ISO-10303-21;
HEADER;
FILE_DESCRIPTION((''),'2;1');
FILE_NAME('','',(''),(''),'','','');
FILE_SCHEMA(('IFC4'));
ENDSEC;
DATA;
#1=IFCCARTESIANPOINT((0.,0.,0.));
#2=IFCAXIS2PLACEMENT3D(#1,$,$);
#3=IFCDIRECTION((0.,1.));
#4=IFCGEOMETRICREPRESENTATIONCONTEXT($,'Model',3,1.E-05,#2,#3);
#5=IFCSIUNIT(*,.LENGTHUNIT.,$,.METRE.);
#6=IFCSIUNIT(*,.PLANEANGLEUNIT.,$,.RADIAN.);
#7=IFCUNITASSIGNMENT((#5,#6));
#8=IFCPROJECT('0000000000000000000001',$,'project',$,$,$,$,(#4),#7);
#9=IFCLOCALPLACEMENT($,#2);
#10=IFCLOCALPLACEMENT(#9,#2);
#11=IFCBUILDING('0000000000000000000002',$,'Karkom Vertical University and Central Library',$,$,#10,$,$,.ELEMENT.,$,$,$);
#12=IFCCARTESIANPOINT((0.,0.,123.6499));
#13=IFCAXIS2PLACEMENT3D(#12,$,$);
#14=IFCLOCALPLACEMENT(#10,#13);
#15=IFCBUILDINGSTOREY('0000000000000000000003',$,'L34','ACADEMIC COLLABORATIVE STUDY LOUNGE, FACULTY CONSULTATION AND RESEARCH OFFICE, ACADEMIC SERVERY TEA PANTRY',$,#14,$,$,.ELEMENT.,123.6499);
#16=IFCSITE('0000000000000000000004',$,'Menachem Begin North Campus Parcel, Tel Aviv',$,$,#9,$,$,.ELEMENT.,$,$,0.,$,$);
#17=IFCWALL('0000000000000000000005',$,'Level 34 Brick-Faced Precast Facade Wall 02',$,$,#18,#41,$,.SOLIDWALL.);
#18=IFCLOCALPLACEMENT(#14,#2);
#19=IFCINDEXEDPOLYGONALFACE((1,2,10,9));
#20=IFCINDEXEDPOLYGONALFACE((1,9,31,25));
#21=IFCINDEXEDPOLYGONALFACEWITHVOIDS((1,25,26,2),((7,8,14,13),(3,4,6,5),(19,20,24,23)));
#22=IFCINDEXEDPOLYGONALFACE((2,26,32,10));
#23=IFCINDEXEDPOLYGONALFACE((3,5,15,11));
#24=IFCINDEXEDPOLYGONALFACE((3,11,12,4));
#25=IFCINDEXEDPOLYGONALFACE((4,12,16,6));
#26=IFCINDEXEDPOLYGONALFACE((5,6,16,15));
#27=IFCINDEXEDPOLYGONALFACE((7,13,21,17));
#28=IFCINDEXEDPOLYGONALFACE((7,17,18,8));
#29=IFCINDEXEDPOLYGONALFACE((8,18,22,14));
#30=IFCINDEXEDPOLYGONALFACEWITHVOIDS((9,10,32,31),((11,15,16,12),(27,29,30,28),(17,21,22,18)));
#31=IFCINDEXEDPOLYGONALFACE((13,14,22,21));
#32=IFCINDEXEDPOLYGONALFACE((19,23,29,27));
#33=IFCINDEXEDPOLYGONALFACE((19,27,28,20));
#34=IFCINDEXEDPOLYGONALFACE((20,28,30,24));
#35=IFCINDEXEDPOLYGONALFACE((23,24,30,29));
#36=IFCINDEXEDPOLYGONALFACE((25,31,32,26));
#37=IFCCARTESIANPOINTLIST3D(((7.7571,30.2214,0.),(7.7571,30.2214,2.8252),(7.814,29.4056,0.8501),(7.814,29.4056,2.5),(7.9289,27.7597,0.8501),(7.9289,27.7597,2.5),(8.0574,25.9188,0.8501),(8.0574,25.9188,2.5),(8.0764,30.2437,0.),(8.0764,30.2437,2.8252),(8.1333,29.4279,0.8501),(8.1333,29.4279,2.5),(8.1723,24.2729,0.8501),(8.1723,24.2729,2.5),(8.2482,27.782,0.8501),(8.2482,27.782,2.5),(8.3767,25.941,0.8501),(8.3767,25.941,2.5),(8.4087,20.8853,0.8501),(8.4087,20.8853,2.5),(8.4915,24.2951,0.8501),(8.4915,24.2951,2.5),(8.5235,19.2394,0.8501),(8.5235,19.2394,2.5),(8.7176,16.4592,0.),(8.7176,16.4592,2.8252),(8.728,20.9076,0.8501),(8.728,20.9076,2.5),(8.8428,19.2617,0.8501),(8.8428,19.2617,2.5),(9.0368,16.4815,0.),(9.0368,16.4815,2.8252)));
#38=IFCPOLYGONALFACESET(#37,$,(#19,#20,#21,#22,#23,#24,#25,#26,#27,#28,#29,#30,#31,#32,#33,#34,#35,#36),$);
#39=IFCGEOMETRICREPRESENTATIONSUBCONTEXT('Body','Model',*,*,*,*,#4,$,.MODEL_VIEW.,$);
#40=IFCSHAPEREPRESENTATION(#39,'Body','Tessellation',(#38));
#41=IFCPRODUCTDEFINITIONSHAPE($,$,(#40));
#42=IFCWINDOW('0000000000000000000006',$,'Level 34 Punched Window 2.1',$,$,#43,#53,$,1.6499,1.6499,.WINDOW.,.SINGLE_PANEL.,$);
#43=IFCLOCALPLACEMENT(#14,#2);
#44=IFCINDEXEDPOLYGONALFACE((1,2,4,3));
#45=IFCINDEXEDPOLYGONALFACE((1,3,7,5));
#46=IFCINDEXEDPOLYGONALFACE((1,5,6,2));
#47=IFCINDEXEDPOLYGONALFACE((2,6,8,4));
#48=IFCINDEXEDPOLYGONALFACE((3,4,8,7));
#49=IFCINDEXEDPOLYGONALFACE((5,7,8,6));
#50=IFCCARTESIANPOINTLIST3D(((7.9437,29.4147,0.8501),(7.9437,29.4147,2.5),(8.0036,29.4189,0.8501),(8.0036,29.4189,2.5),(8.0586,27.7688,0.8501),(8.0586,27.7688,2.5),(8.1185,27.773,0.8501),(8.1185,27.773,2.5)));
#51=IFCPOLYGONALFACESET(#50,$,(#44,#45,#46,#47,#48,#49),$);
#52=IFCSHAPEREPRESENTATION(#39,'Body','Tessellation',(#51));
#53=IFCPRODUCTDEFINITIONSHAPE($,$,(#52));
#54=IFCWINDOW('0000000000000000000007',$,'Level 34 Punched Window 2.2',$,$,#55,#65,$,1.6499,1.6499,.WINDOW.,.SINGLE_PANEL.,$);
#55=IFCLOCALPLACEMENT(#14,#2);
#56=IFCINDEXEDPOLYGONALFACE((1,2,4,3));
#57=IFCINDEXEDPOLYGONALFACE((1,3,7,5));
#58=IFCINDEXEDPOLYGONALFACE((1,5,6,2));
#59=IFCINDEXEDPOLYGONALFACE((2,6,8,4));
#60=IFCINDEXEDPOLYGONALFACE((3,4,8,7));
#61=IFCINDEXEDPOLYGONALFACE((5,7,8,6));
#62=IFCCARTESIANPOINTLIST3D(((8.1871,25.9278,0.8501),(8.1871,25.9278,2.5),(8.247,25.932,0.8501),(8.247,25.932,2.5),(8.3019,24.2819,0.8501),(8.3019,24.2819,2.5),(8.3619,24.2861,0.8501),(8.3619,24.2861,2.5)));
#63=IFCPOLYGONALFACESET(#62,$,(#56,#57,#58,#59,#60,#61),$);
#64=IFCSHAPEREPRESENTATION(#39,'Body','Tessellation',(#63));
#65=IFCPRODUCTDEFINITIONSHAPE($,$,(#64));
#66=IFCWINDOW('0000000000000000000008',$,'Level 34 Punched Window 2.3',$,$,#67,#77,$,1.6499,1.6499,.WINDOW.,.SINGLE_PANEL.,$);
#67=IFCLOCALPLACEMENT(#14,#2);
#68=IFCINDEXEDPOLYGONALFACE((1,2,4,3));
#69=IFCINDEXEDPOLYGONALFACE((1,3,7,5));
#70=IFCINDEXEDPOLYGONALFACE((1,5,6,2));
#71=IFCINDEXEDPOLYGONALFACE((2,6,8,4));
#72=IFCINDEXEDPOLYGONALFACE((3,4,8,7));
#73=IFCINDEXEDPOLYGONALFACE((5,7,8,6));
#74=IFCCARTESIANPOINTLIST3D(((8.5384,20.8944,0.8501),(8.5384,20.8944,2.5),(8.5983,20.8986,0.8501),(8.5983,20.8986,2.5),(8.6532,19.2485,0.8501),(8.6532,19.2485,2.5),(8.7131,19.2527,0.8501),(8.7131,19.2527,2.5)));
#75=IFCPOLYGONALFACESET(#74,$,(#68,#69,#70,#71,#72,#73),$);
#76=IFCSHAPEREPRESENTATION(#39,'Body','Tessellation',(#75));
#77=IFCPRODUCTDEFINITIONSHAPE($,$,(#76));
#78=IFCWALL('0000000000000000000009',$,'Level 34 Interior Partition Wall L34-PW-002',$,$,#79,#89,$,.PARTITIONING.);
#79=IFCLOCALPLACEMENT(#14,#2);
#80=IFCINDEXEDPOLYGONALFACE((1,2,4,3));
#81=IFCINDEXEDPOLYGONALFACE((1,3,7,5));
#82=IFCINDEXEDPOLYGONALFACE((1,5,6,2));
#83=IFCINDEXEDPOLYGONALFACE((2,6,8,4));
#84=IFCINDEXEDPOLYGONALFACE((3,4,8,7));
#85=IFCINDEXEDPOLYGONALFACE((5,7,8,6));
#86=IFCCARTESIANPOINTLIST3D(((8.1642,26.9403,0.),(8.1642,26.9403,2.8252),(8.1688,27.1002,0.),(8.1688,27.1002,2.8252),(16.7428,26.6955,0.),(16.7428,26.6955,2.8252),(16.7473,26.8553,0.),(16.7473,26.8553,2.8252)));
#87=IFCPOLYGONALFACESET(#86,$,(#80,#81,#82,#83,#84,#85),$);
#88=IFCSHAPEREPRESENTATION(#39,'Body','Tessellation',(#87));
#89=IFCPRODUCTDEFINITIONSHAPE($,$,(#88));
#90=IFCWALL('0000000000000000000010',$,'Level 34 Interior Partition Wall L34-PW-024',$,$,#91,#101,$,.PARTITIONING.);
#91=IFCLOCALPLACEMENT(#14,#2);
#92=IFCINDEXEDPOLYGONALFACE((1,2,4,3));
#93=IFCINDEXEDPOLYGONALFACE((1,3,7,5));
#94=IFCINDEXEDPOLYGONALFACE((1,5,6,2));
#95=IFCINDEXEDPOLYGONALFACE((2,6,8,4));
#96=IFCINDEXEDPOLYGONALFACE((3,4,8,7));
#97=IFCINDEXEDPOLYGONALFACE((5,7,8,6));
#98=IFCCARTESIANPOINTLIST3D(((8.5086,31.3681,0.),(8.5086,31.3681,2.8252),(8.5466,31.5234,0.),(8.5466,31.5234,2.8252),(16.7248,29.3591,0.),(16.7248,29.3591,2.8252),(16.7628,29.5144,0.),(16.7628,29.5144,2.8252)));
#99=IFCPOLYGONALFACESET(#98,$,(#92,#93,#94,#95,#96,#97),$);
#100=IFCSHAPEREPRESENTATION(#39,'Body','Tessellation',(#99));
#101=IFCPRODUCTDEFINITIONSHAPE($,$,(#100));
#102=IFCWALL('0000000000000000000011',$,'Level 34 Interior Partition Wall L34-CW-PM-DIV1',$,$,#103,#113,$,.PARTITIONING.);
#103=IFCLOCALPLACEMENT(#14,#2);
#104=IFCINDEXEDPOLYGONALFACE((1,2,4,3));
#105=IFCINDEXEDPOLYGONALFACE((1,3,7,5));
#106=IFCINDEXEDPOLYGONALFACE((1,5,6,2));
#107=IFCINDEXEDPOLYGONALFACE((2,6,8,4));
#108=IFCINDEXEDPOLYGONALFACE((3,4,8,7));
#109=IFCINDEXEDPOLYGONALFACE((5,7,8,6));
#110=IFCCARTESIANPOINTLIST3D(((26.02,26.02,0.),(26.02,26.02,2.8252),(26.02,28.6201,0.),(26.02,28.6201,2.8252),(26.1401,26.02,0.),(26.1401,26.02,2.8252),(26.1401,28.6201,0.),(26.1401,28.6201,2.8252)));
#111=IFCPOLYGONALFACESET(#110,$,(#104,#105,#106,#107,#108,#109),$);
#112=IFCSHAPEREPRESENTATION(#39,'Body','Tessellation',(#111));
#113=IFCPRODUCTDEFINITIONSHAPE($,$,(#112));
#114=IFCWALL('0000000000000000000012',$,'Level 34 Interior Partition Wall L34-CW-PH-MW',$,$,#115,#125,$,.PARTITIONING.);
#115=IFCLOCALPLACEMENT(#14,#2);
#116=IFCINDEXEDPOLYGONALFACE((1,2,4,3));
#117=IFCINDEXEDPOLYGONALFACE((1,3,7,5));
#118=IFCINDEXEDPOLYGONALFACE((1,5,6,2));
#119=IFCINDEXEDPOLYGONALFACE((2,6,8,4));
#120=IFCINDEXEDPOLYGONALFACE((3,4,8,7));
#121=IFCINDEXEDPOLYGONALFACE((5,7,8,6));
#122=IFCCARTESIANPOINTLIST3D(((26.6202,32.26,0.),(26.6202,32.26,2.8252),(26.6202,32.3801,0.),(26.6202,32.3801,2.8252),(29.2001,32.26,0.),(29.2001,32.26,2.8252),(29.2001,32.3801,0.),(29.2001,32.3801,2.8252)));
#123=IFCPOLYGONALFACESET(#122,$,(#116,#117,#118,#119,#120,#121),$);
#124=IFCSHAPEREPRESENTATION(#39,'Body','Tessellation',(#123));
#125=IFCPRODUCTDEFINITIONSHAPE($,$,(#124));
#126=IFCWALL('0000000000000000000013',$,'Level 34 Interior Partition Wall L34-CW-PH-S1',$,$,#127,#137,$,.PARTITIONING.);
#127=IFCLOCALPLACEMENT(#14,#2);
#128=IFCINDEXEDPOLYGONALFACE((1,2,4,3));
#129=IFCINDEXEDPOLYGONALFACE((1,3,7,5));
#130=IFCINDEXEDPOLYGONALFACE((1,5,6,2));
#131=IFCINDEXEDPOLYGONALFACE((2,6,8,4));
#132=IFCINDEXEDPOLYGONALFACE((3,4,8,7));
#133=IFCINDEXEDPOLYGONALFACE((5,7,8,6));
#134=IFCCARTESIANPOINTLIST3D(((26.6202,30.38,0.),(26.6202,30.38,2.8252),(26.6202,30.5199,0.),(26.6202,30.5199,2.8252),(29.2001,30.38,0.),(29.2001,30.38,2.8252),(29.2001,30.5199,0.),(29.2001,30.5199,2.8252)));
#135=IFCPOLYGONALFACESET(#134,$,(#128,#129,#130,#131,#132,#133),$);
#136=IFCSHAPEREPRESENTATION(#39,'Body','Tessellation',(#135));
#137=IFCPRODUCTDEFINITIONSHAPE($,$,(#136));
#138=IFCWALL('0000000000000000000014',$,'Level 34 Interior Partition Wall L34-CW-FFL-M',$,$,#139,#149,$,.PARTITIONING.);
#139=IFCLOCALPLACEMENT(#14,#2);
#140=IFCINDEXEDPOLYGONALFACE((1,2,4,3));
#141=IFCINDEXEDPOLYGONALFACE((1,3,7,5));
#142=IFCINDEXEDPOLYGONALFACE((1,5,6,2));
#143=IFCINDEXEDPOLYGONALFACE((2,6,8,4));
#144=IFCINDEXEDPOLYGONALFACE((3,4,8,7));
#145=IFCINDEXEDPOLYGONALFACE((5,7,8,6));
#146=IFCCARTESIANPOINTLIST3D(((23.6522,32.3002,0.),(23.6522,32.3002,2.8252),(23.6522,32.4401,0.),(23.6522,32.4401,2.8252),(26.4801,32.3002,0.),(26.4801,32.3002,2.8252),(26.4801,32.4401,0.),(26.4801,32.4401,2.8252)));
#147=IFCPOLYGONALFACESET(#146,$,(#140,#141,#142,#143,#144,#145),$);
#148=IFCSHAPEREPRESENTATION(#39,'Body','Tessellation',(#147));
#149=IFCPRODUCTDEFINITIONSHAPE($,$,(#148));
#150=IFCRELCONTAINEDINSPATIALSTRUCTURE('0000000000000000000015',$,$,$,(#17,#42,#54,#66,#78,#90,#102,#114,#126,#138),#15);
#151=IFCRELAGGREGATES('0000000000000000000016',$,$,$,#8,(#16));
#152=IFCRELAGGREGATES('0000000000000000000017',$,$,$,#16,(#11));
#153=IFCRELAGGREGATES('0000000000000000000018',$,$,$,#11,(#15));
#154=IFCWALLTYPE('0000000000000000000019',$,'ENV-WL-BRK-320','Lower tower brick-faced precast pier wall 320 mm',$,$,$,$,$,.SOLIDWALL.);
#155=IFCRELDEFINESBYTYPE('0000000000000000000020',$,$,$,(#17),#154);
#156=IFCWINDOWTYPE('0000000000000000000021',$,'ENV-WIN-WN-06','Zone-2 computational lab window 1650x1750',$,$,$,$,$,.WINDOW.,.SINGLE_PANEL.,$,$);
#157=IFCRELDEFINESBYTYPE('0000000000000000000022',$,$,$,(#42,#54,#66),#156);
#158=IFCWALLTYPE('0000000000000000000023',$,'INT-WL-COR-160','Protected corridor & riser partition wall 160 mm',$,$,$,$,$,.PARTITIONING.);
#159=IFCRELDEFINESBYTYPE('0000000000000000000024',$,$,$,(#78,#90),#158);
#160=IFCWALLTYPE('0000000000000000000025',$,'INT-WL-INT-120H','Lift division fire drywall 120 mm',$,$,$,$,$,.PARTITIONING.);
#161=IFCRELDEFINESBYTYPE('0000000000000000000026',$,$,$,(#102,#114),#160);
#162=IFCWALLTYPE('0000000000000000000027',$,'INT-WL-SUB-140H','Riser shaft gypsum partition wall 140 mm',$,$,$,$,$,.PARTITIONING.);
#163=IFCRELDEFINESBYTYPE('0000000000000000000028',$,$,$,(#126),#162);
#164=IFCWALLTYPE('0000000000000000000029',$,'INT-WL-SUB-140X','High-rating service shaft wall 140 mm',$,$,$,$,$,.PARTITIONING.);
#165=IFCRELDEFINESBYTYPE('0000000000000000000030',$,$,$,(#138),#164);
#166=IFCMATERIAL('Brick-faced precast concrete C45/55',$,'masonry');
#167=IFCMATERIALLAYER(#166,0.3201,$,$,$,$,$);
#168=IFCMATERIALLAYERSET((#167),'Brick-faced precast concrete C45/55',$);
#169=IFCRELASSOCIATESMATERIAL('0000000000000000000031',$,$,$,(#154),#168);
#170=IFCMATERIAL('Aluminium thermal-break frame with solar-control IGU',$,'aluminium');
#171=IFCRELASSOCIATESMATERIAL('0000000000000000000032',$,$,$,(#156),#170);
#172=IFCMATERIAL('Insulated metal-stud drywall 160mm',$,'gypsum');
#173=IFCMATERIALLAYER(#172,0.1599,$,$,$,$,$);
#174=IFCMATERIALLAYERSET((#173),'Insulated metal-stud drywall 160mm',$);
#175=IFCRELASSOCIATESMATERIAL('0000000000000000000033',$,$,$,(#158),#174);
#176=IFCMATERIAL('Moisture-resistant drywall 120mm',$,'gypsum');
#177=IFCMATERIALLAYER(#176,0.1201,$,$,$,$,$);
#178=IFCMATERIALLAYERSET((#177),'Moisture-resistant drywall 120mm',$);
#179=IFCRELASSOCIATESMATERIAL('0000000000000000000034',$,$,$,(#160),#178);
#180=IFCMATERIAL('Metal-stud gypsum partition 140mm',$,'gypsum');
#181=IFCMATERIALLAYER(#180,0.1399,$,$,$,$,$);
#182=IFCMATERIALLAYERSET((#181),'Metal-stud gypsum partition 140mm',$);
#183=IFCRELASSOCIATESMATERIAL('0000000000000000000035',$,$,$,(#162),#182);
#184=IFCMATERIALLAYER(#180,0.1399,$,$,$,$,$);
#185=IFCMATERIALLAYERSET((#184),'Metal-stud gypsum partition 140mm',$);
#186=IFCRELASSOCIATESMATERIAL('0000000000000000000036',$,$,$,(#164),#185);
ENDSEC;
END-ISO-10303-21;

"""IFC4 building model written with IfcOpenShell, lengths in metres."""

from ifc_helpers import new_model, si_unit, direction, frame, frame_2d, origin, origin_with_axes, place, context, subcontext, project, spatial, rectangle, extrude, source, transform, mapped, material, layer, layer_set, type_object, element, fill, save


model = new_model("IFC4")

# Units and contexts
model_context = context("Model", 3, precision=1e-05, world=origin(), true_north=direction((0.0, 1.0)))
body_context = subcontext(model_context, "Body", "Model", "MODEL_VIEW")
ifc_project = project(units=[si_unit("LENGTHUNIT", "METRE"), si_unit("PLANEANGLEUNIT", "RADIAN")], contexts=[model_context])

# Site, building, storey
site_placement = place(None, origin())
site = spatial("IfcSite", under=ifc_project, at=site_placement, Name="Menachem Begin North Campus Parcel, Tel Aviv", CompositionType="ELEMENT", RefElevation=0.0)
building_placement = place(site_placement, origin())
building = spatial("IfcBuilding", under=site, at=building_placement, Name="Karkom Vertical University and Central Library", CompositionType="ELEMENT")
storey_placement = place(building_placement, frame((0.0, 0.0, 123.6499)))
storey = spatial("IfcBuildingStorey", under=building, at=storey_placement, Name="L34", Description="ACADEMIC COLLABORATIVE STUDY LOUNGE, FACULTY CONSULTATION AND RESEARCH OFFICE, ACADEMIC SERVERY TEA PANTRY", CompositionType="ELEMENT", Elevation=123.6499)

# Wall, openings, windows
ifc_material_1 = material(Name="Brick-faced precast concrete C45/55", Category="masonry")
ifc_layer_1 = layer(ifc_material_1, 0.3201)
ifc_layer_set_1 = layer_set([ifc_layer_1], Name="Brick-faced precast concrete C45/55")
wall_type_1 = type_object("IfcWallType", Name="ENV-WL-BRK-320", Description="Lower tower brick-faced precast pier wall 320 mm", PredefinedType="SOLIDWALL", material=ifc_layer_set_1)
wall_1_placement = place(storey_placement, frame((7.9167, 30.2327, 0.0), z_axis=(0.0, 0.0, 1.0), x_axis=(0.06962, -0.997574, 0.0)))
wall_1 = element("IfcWall", 1, at=wall_1_placement, inside=storey, type_object=wall_type_1, Name="Level 34 Brick-Faced Precast Facade Wall 02", PredefinedType="SOLIDWALL", context=body_context, shape_type="SweptSolid", body=[
    extrude(rectangle(XDim=13.7957, YDim=0.3201, at=frame_2d((6.8979, 0.0))), origin(), (0.0, 0.0, 1.0), 2.8252),
])
opening_1_placement = place(wall_1_placement, frame((0.8179, 0.0, 0.8501)))
opening_1 = element("IfcOpeningElement", 2, at=opening_1_placement, cuts=wall_1, PredefinedType="OPENING", context=body_context, shape_type="SweptSolid", body=[
    extrude(rectangle(XDim=1.6499, YDim=1.6499, at=frame_2d((0.825, 0.825))), frame((0.0, 0.1699, 0.0), z_axis=(0.0, -1.0, 0.0), x_axis=(1.0, 0.0, 0.0)), (0.0, 0.0, 1.0), 0.3401),
])
opening_2_placement = place(wall_1_placement, frame((4.3132, 0.0, 0.8501)))
opening_2 = element("IfcOpeningElement", 3, at=opening_2_placement, cuts=wall_1, PredefinedType="OPENING", context=body_context, shape_type="SweptSolid", body=[
    extrude(rectangle(XDim=1.6499, YDim=1.6499, at=frame_2d((0.825, 0.825))), frame((0.0, 0.1699, 0.0), z_axis=(0.0, -1.0, 0.0), x_axis=(1.0, 0.0, 0.0)), (0.0, 0.0, 1.0), 0.3401),
])
opening_3_placement = place(wall_1_placement, frame((9.3589, 0.0, 0.8501)))
opening_3 = element("IfcOpeningElement", 4, at=opening_3_placement, cuts=wall_1, PredefinedType="OPENING", context=body_context, shape_type="SweptSolid", body=[
    extrude(rectangle(XDim=1.6499, YDim=1.6499, at=frame_2d((0.825, 0.825))), frame((0.0, 0.1699, 0.0), z_axis=(0.0, -1.0, 0.0), x_axis=(1.0, 0.0, 0.0)), (0.0, 0.0, 1.0), 0.3401),
])
ifc_material_2 = material(Name="Aluminium thermal-break frame with solar-control IGU", Category="aluminium")
window_type = type_object("IfcWindowType", Name="ENV-WIN-WN-06", Description="Zone-2 computational lab window 1650x1750", PartitioningType="SINGLE_PANEL", PredefinedType="WINDOW", material=ifc_material_2)
shared_shape_1 = source(origin_with_axes(), body_context, "Body", "SweptSolid", [
    extrude(rectangle(XDim=1.6499, YDim=1.6499, at=frame_2d((0.825, 0.825))), frame((0.0, 0.03, 0.0), z_axis=(0.0, -1.0, 0.0), x_axis=(1.0, 0.0, 0.0)), (0.0, 0.0, 1.0), 0.0601),
])
window_1_placement = place(opening_1_placement, origin())
window_1 = element("IfcWindow", 5, at=window_1_placement, inside=storey, type_object=window_type, Name="Level 34 Punched Window 2.1", OverallHeight=1.6499, OverallWidth=1.6499, PartitioningType="SINGLE_PANEL", PredefinedType="WINDOW", context=body_context, shape_type="MappedRepresentation", body=[
    mapped(shared_shape_1, transform((0.0, 0.0, 0.0), scale=1.0)),
])
fill(opening_1, window_1)
window_2_placement = place(opening_2_placement, origin())
window_2 = element("IfcWindow", 6, at=window_2_placement, inside=storey, type_object=window_type, Name="Level 34 Punched Window 2.2", OverallHeight=1.6499, OverallWidth=1.6499, PartitioningType="SINGLE_PANEL", PredefinedType="WINDOW", context=body_context, shape_type="MappedRepresentation", body=[
    mapped(shared_shape_1, transform((0.0, 0.0, 0.0), scale=1.0)),
])
fill(opening_2, window_2)
window_3_placement = place(opening_3_placement, origin())
window_3 = element("IfcWindow", 7, at=window_3_placement, inside=storey, type_object=window_type, Name="Level 34 Punched Window 2.3", OverallHeight=1.6499, OverallWidth=1.6499, PartitioningType="SINGLE_PANEL", PredefinedType="WINDOW", context=body_context, shape_type="MappedRepresentation", body=[
    mapped(shared_shape_1, transform((0.0, 0.0, 0.0), scale=1.0)),
])
fill(opening_3, window_3)

# Walls
ifc_material_3 = material(Name="Insulated metal-stud drywall 160mm", Category="gypsum")
ifc_layer_2 = layer(ifc_material_3, 0.1599)
ifc_layer_set_2 = layer_set([ifc_layer_2], Name="Insulated metal-stud drywall 160mm")
wall_type_2 = type_object("IfcWallType", Name="INT-WL-COR-160", Description="Protected corridor & riser partition wall 160 mm", PredefinedType="PARTITIONING", material=ifc_layer_set_2)
wall_2_placement = place(storey_placement, frame((8.1665, 27.0203, 0.0), z_axis=(0.0, 0.0, 1.0), x_axis=(0.999593, -0.028533, 0.0)))
element("IfcWall", 8, at=wall_2_placement, inside=storey, type_object=wall_type_2, Name="Level 34 Interior Partition Wall L34-PW-002", PredefinedType="PARTITIONING", context=body_context, shape_type="SweptSolid", body=[
    extrude(rectangle(XDim=8.582, YDim=0.1599, at=frame_2d((4.291, 0.0))), origin(), (0.0, 0.0, 1.0), 2.8252),
])
wall_3_placement = place(storey_placement, frame((16.7437, 29.4368, 0.0), z_axis=(0.0, 0.0, 1.0), x_axis=(-0.971383, 0.23752, 0.0)))
element("IfcWall", 9, at=wall_3_placement, inside=storey, type_object=wall_type_2, Name="Level 34 Interior Partition Wall L34-PW-024", PredefinedType="PARTITIONING", context=body_context, shape_type="SweptSolid", body=[
    extrude(rectangle(XDim=8.4583, YDim=0.1599, at=frame_2d((4.229, 0.0))), origin(), (0.0, 0.0, 1.0), 2.8252),
])
ifc_material_4 = material(Name="Moisture-resistant drywall 120mm", Category="gypsum")
ifc_layer_3 = layer(ifc_material_4, 0.1201)
ifc_layer_set_3 = layer_set([ifc_layer_3], Name="Moisture-resistant drywall 120mm")
wall_type_3 = type_object("IfcWallType", Name="INT-WL-INT-120H", Description="Lift division fire drywall 120 mm", PredefinedType="PARTITIONING", material=ifc_layer_set_3)
wall_4_placement = place(storey_placement, frame((26.0801, 26.02, 0.0), z_axis=(0.0, 0.0, 1.0), x_axis=(0.0, 1.0, 0.0)))
element("IfcWall", 10, at=wall_4_placement, inside=storey, type_object=wall_type_3, Name="Level 34 Interior Partition Wall L34-CW-PM-DIV1", PredefinedType="PARTITIONING", context=body_context, shape_type="SweptSolid", body=[
    extrude(rectangle(XDim=2.6001, YDim=0.1201, at=frame_2d((1.3, 0.0))), origin(), (0.0, 0.0, 1.0), 2.8252),
])
wall_5_placement = place(storey_placement, frame((26.6201, 32.3201, 0.0), z_axis=(0.0, 0.0, 1.0), x_axis=(1.0, 0.0, 0.0)))
element("IfcWall", 11, at=wall_5_placement, inside=storey, type_object=wall_type_3, Name="Level 34 Interior Partition Wall L34-CW-PH-MW", PredefinedType="PARTITIONING", context=body_context, shape_type="SweptSolid", body=[
    extrude(rectangle(XDim=2.5798, YDim=0.1201, at=frame_2d((1.29, 0.0))), origin(), (0.0, 0.0, 1.0), 2.8252),
])
ifc_material_5 = material(Name="Metal-stud gypsum partition 140mm", Category="gypsum")
ifc_layer_4 = layer(ifc_material_5, 0.1399)
ifc_layer_set_4 = layer_set([ifc_layer_4], Name="Metal-stud gypsum partition 140mm")
wall_type_4 = type_object("IfcWallType", Name="INT-WL-SUB-140H", Description="Riser shaft gypsum partition wall 140 mm", PredefinedType="PARTITIONING", material=ifc_layer_set_4)
wall_6_placement = place(storey_placement, frame((26.6201, 30.45, 0.0), z_axis=(0.0, 0.0, 1.0), x_axis=(1.0, 0.0, 0.0)))
element("IfcWall", 12, at=wall_6_placement, inside=storey, type_object=wall_type_4, Name="Level 34 Interior Partition Wall L34-CW-PH-S1", PredefinedType="PARTITIONING", context=body_context, shape_type="SweptSolid", body=[
    extrude(rectangle(XDim=2.5798, YDim=0.1399, at=frame_2d((1.29, 0.0))), origin(), (0.0, 0.0, 1.0), 2.8252),
])
ifc_layer_5 = layer(ifc_material_5, 0.1399)
ifc_layer_set_5 = layer_set([ifc_layer_5], Name="Metal-stud gypsum partition 140mm")
wall_type_5 = type_object("IfcWallType", Name="INT-WL-SUB-140X", Description="High-rating service shaft wall 140 mm", PredefinedType="PARTITIONING", material=ifc_layer_set_5)
wall_7_placement = place(storey_placement, frame((23.6521, 32.3701, 0.0), z_axis=(0.0, 0.0, 1.0), x_axis=(1.0, 0.0, 0.0)))
element("IfcWall", 13, at=wall_7_placement, inside=storey, type_object=wall_type_5, Name="Level 34 Interior Partition Wall L34-CW-FFL-M", PredefinedType="PARTITIONING", context=body_context, shape_type="SweptSolid", body=[
    extrude(rectangle(XDim=2.8279, YDim=0.1399, at=frame_2d((1.4141, 0.0))), origin(), (0.0, 0.0, 1.0), 2.8252),
])

save(model, "model.ifc")
